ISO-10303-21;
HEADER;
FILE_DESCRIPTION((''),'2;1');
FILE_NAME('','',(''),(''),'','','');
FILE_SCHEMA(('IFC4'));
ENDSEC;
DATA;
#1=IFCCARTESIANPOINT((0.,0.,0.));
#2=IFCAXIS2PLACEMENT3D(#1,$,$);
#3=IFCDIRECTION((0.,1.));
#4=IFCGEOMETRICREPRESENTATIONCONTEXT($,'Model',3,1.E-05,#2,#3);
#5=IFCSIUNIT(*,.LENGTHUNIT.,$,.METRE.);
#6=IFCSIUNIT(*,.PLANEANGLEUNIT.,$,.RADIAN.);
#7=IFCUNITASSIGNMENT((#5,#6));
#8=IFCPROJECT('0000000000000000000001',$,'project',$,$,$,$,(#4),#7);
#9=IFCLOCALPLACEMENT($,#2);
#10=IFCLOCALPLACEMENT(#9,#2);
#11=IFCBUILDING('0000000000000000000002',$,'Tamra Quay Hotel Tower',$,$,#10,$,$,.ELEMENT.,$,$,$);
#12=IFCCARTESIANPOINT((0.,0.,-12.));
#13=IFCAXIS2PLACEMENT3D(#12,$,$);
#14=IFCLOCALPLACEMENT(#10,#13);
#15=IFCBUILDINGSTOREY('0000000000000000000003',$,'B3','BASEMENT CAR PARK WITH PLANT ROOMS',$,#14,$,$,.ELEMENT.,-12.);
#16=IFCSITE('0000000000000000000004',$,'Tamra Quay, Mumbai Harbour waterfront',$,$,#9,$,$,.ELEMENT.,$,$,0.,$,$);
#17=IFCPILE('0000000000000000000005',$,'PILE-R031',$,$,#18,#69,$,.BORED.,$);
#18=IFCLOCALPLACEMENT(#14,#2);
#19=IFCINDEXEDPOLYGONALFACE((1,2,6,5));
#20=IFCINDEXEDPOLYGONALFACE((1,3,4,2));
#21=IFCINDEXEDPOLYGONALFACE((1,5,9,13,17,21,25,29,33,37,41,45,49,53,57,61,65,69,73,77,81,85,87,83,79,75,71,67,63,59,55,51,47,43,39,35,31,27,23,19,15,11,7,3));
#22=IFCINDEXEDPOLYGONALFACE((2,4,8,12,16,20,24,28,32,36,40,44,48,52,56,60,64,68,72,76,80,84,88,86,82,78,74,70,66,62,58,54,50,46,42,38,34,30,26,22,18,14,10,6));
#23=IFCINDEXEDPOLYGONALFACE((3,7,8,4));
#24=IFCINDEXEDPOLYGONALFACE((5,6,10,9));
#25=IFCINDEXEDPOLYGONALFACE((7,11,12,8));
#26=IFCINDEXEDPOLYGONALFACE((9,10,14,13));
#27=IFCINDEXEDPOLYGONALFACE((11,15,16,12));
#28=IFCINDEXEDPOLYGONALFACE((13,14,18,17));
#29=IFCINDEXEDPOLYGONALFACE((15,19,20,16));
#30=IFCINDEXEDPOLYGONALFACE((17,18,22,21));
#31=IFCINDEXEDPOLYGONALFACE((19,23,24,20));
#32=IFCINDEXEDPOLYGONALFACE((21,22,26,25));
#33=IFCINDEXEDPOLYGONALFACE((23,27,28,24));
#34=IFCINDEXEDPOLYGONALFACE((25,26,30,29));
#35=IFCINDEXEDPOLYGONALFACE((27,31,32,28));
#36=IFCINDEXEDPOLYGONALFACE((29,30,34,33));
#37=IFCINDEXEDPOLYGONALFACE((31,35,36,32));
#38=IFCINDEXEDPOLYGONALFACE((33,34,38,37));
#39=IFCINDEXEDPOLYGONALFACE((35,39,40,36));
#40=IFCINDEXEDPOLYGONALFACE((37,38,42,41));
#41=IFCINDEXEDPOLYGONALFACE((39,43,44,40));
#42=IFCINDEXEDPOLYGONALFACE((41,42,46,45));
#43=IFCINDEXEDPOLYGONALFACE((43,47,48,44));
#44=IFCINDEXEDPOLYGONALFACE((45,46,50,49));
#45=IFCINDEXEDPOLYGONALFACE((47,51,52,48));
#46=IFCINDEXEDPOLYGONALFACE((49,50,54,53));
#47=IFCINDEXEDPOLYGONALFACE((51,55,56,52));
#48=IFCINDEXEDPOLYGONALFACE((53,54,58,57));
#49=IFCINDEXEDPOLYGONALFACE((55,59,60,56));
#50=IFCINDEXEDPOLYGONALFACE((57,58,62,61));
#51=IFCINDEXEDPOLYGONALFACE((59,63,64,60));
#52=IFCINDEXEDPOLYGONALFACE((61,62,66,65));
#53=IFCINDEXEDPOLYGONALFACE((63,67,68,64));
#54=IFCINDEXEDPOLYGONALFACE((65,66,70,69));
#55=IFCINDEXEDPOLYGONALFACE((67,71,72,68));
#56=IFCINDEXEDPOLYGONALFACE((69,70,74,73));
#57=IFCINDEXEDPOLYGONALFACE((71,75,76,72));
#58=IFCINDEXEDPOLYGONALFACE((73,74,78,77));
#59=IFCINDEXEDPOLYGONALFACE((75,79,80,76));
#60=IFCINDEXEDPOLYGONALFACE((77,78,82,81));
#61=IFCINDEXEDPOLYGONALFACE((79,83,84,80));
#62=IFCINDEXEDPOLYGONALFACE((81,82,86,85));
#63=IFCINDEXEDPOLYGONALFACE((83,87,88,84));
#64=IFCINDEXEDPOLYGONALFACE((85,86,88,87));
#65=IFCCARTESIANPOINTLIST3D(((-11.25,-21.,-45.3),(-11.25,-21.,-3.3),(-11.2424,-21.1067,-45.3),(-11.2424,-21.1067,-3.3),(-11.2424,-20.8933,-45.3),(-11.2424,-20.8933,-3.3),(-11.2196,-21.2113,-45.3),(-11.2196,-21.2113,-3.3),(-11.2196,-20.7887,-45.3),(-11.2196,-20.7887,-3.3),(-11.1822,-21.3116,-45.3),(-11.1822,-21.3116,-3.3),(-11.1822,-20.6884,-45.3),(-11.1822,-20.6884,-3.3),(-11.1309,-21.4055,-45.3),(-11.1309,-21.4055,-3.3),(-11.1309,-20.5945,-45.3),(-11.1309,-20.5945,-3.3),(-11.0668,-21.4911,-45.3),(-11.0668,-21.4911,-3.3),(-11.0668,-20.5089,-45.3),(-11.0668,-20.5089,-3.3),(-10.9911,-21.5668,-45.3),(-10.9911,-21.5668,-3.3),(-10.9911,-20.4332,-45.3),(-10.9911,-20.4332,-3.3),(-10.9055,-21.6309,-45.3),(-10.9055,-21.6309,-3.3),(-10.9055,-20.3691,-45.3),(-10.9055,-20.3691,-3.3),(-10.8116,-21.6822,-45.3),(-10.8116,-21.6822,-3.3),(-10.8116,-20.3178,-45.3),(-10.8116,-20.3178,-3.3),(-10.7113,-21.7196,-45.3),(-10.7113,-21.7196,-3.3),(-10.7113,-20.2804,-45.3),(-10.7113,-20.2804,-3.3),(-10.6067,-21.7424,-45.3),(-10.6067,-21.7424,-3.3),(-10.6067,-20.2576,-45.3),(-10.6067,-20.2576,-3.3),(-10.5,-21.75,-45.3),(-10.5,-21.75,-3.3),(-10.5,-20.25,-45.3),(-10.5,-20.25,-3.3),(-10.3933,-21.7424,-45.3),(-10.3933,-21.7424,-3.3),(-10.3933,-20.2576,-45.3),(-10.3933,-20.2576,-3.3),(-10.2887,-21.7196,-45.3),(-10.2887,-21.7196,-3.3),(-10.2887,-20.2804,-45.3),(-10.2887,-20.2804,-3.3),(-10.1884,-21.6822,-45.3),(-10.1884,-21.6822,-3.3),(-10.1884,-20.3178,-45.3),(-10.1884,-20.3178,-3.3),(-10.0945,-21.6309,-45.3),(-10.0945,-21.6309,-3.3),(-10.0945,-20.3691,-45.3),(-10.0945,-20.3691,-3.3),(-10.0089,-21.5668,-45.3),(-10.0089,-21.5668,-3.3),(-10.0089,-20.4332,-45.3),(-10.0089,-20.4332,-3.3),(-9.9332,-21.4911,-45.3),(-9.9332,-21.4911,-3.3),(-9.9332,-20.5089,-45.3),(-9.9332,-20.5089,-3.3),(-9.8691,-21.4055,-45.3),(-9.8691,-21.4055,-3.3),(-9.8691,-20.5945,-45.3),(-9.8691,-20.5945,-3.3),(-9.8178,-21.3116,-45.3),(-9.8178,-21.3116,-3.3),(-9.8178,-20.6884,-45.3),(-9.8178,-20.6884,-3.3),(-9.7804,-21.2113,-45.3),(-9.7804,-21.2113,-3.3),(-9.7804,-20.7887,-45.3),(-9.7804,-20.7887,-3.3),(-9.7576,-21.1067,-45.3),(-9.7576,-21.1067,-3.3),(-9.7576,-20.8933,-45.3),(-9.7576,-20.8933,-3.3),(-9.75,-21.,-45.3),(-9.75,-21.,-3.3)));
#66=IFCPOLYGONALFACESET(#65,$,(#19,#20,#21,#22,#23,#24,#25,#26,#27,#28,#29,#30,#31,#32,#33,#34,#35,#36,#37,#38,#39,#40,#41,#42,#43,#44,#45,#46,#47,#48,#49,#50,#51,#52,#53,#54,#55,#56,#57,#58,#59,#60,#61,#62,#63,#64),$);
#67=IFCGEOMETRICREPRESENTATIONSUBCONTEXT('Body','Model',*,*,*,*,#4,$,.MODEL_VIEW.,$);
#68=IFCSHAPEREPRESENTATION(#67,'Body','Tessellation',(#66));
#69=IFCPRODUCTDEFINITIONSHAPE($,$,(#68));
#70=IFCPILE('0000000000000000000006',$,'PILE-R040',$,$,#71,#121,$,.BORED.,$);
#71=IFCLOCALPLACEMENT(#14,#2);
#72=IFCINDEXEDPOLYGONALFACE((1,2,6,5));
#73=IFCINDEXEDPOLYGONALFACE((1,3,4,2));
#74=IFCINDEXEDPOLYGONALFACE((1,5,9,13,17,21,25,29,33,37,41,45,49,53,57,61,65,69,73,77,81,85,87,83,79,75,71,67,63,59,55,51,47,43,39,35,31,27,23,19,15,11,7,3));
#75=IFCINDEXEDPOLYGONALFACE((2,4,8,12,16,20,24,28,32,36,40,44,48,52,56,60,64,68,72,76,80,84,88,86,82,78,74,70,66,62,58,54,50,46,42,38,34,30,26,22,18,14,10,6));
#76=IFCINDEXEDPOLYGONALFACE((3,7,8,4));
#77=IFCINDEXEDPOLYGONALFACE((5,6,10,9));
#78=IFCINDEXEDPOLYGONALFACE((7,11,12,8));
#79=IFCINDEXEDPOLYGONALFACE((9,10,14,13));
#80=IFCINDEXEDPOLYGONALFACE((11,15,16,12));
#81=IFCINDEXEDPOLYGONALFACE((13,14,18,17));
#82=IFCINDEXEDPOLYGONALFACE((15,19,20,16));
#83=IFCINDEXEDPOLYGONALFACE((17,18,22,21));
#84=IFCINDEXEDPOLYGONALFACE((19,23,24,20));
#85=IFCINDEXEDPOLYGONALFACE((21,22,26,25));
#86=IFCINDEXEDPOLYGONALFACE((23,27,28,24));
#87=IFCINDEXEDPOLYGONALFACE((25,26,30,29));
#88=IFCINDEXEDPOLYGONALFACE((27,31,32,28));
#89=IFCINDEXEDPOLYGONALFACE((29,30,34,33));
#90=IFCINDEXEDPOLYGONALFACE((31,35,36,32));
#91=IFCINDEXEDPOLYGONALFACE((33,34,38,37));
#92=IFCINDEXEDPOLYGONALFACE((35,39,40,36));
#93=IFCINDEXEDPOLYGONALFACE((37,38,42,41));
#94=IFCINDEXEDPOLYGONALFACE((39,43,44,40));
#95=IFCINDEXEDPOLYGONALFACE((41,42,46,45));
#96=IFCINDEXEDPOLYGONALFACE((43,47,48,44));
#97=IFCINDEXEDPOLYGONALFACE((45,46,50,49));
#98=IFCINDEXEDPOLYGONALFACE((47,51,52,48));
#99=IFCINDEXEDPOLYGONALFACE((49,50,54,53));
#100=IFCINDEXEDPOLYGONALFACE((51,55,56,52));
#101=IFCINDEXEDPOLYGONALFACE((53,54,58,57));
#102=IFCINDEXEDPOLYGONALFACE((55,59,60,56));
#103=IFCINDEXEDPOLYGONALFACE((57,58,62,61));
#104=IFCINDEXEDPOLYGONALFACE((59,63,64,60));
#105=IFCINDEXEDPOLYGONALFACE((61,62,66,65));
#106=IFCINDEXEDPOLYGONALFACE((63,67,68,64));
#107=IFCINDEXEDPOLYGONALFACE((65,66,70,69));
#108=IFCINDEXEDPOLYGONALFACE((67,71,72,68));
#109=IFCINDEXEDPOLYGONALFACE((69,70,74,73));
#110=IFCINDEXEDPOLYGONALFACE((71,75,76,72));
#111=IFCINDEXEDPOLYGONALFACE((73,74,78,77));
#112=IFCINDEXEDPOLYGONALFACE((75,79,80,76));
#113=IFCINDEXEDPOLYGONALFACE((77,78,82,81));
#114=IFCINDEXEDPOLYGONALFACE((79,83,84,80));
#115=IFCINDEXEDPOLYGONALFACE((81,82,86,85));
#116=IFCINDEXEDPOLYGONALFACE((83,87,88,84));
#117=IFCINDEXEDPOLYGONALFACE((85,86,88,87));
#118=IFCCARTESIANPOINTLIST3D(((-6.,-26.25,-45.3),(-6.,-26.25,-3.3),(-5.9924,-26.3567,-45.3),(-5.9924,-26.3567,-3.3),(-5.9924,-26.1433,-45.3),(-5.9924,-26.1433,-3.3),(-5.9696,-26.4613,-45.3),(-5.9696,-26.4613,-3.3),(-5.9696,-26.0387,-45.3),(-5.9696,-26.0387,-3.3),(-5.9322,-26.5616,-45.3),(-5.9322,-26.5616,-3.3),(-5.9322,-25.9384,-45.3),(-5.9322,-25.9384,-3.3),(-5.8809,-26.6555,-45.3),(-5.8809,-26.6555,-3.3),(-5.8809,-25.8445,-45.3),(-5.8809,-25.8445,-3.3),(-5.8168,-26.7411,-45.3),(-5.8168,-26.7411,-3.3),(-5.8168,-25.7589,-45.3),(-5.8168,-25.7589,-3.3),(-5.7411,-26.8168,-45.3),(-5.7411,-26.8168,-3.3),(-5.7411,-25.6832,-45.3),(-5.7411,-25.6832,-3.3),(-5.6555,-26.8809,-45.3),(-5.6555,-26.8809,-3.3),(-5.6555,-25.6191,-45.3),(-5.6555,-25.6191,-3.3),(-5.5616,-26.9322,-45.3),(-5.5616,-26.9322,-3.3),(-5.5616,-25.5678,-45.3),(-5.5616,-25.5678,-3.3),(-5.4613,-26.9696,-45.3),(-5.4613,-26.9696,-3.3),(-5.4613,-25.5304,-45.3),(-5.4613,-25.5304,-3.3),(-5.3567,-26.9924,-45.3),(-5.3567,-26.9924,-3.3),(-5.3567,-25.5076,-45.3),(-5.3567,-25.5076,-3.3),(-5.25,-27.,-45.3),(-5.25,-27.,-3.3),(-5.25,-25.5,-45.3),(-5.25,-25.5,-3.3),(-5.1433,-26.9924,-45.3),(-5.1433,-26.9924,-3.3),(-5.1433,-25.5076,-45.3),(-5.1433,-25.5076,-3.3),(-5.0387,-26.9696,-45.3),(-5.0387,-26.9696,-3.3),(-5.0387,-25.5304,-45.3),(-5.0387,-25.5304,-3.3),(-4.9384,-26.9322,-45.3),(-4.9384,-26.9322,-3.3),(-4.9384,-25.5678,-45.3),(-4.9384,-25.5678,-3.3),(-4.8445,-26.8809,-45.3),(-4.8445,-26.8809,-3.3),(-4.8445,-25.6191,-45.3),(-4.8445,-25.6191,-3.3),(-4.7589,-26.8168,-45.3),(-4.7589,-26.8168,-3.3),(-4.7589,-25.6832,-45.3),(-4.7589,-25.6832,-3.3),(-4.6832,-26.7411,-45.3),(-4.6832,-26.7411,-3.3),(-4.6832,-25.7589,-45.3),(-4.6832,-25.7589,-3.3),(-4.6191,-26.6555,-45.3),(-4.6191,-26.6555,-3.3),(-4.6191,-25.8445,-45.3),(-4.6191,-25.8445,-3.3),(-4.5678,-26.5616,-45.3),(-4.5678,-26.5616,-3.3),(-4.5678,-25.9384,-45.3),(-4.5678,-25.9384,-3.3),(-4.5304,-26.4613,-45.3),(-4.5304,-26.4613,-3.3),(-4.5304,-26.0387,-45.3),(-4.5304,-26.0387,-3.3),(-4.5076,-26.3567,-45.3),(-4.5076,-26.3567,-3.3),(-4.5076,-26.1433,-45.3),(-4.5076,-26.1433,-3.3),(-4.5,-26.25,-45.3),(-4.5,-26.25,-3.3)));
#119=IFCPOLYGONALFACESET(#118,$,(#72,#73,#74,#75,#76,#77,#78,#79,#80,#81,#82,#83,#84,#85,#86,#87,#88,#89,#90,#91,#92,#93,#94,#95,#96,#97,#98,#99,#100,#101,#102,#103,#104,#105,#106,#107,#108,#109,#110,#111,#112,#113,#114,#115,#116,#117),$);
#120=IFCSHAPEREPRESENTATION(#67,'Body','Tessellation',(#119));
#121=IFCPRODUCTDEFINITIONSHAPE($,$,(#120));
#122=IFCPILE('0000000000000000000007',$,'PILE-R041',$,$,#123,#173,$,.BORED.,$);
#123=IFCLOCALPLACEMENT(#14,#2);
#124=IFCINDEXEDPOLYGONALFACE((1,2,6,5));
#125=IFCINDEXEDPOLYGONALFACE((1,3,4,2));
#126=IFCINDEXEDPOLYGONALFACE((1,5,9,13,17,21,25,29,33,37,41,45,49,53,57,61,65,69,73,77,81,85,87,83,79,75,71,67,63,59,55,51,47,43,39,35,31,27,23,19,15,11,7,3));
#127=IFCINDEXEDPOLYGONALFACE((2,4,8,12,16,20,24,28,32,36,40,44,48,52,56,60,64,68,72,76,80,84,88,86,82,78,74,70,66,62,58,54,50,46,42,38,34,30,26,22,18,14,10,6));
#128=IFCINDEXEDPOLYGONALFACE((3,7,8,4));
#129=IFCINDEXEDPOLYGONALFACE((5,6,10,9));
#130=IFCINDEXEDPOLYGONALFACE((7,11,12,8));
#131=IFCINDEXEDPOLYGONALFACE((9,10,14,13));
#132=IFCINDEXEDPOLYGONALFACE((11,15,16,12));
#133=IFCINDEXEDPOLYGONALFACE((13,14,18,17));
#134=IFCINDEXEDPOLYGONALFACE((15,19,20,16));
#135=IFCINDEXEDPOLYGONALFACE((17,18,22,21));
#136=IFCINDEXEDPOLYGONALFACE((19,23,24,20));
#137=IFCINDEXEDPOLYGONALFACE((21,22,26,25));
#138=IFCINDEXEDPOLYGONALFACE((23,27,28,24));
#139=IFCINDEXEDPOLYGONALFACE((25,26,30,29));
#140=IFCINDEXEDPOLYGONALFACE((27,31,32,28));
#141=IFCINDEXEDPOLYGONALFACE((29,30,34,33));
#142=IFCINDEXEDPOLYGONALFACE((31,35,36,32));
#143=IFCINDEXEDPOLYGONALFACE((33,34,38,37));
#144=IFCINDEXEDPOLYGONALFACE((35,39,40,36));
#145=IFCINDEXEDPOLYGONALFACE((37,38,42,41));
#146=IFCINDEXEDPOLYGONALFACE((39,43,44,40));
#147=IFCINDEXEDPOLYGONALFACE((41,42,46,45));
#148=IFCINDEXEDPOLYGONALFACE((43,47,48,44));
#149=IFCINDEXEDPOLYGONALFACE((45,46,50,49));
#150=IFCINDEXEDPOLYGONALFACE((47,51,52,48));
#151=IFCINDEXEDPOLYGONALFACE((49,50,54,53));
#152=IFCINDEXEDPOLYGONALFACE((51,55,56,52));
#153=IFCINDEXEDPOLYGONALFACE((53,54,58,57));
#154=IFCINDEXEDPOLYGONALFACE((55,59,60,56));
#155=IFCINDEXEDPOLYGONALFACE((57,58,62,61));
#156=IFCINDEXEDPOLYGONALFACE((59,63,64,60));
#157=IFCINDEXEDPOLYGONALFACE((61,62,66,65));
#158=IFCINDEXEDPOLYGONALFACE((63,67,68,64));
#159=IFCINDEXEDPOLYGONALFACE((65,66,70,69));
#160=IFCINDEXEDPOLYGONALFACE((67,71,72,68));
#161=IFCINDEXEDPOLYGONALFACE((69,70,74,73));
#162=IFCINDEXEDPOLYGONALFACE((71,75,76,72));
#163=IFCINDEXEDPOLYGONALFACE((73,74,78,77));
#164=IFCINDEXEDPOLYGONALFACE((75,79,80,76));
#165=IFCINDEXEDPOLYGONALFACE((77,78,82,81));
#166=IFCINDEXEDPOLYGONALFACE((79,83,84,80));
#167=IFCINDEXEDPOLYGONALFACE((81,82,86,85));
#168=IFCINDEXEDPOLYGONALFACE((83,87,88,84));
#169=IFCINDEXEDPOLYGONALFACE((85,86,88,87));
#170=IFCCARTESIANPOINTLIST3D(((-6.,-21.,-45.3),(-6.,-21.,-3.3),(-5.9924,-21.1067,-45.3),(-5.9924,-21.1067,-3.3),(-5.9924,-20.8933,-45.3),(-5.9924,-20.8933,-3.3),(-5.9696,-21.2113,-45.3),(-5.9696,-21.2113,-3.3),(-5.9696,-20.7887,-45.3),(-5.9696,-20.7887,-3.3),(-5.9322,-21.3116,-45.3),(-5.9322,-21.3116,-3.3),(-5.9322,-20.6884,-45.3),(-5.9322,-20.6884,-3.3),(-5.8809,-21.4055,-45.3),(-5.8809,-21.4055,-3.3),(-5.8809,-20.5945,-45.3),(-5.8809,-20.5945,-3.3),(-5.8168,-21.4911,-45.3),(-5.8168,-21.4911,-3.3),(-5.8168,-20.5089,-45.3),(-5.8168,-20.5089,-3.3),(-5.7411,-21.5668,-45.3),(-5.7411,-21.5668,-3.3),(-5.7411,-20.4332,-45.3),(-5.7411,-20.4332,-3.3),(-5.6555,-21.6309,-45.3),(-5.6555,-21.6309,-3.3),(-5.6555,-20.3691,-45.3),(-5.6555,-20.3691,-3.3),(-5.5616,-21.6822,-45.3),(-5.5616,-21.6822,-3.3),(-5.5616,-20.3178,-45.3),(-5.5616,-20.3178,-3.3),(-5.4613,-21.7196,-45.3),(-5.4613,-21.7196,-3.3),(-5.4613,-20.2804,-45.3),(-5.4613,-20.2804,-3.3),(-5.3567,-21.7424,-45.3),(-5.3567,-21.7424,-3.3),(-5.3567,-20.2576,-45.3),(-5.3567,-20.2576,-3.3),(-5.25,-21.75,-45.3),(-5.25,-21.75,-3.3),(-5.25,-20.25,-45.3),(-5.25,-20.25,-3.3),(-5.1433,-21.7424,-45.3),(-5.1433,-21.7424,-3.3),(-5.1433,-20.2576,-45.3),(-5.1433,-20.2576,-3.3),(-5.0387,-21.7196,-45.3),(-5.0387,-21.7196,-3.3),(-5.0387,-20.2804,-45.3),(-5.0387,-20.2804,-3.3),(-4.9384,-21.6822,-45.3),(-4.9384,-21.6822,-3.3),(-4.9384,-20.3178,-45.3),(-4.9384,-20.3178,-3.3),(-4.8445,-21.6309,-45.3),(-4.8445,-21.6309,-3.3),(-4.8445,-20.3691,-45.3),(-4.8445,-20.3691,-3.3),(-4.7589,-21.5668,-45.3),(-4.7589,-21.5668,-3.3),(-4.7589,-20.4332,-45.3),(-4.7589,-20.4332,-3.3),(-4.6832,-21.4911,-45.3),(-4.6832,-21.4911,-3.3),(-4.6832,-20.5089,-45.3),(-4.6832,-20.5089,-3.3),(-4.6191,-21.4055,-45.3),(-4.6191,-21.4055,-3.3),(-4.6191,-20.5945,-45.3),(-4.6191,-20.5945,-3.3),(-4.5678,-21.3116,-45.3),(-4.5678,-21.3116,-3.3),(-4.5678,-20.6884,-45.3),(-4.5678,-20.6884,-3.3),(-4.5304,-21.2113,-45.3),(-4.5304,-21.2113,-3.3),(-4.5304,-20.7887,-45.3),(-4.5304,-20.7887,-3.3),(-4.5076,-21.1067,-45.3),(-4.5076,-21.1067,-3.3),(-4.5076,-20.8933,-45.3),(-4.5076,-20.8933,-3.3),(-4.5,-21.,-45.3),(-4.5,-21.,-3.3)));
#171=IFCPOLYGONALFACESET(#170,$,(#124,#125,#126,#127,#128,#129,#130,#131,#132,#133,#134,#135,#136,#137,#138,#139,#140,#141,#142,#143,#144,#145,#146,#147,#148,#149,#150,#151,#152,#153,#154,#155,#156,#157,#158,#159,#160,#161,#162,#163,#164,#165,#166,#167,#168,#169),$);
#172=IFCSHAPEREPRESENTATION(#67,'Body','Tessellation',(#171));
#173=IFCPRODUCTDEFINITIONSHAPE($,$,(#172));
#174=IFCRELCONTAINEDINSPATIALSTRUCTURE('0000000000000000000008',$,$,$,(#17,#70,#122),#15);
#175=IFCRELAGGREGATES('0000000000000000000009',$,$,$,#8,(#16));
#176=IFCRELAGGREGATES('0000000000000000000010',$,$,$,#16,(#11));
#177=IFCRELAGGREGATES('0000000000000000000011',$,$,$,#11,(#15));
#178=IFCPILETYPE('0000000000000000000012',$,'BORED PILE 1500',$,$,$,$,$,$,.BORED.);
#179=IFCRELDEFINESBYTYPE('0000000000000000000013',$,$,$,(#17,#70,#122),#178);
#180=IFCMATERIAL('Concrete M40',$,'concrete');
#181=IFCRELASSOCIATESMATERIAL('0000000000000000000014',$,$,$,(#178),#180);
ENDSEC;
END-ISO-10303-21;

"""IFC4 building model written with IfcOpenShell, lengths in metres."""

from ifc_helpers import new_model, si_unit, direction, frame, origin, origin_2d, place, context, subcontext, project, spatial, circle, extrude, material, material_profile, profile_set, type_object, element, save


model = new_model("IFC4")

# Units and contexts
model_context = context("Model", 3, precision=1e-05, world=origin(), true_north=direction((0.0, 1.0)))
body_context = subcontext(model_context, "Body", "Model", "MODEL_VIEW")
ifc_project = project(units=[si_unit("LENGTHUNIT", "METRE"), si_unit("PLANEANGLEUNIT", "RADIAN")], contexts=[model_context])

# Site, building, storey
site_placement = place(None, origin())
site = spatial("IfcSite", under=ifc_project, at=site_placement, Name="Tamra Quay, Mumbai Harbour waterfront", CompositionType="ELEMENT", RefElevation=0.0)
building_placement = place(site_placement, origin())
building = spatial("IfcBuilding", under=site, at=building_placement, Name="Tamra Quay Hotel Tower", CompositionType="ELEMENT")
storey_placement = place(building_placement, frame((0.0, 0.0, -12.0)))
storey = spatial("IfcBuildingStorey", under=building, at=storey_placement, Name="B3", Description="BASEMENT CAR PARK WITH PLANT ROOMS", CompositionType="ELEMENT", Elevation=-12.0)

# Piles
ifc_material_1 = material(Name="Concrete M40", Category="concrete")
ifc_material_profile_1 = material_profile(ifc_material_1, circle(Radius=0.75, at=origin_2d()), Name="BORED PILE 1500")
ifc_profile_set_1 = profile_set([ifc_material_profile_1], Name="Concrete M40")
pile_type_1 = type_object("IfcPileType", Name="BORED PILE 1500", PredefinedType="BORED", material=ifc_profile_set_1)
for number, where, z_axis, x_axis, name in (
    (1, (-10.5, -21.0, -3.3), (0.0, 0.0, -1.0), (1.0, 0.0, 0.0), "PILE-R031"),
    (2, (-5.25, -26.25, -3.3), (0.0, 0.0, -1.0), (1.0, 0.0, 0.0), "PILE-R040"),
    (3, (-5.25, -21.0, -3.3), (0.0, 0.0, -1.0), (1.0, 0.0, 0.0), "PILE-R041"),
):
    element("IfcPile", number, at=place(storey_placement, frame(where, z_axis=z_axis, x_axis=x_axis)), inside=storey, type_object=pile_type_1, Name=name, PredefinedType="BORED", context=body_context, shape_type="SweptSolid", body=[
        extrude(circle(Radius=0.75, at=origin_2d()), origin(), (0.0, 0.0, 1.0), 42.0),
    ])

save(model, "model.ifc")
